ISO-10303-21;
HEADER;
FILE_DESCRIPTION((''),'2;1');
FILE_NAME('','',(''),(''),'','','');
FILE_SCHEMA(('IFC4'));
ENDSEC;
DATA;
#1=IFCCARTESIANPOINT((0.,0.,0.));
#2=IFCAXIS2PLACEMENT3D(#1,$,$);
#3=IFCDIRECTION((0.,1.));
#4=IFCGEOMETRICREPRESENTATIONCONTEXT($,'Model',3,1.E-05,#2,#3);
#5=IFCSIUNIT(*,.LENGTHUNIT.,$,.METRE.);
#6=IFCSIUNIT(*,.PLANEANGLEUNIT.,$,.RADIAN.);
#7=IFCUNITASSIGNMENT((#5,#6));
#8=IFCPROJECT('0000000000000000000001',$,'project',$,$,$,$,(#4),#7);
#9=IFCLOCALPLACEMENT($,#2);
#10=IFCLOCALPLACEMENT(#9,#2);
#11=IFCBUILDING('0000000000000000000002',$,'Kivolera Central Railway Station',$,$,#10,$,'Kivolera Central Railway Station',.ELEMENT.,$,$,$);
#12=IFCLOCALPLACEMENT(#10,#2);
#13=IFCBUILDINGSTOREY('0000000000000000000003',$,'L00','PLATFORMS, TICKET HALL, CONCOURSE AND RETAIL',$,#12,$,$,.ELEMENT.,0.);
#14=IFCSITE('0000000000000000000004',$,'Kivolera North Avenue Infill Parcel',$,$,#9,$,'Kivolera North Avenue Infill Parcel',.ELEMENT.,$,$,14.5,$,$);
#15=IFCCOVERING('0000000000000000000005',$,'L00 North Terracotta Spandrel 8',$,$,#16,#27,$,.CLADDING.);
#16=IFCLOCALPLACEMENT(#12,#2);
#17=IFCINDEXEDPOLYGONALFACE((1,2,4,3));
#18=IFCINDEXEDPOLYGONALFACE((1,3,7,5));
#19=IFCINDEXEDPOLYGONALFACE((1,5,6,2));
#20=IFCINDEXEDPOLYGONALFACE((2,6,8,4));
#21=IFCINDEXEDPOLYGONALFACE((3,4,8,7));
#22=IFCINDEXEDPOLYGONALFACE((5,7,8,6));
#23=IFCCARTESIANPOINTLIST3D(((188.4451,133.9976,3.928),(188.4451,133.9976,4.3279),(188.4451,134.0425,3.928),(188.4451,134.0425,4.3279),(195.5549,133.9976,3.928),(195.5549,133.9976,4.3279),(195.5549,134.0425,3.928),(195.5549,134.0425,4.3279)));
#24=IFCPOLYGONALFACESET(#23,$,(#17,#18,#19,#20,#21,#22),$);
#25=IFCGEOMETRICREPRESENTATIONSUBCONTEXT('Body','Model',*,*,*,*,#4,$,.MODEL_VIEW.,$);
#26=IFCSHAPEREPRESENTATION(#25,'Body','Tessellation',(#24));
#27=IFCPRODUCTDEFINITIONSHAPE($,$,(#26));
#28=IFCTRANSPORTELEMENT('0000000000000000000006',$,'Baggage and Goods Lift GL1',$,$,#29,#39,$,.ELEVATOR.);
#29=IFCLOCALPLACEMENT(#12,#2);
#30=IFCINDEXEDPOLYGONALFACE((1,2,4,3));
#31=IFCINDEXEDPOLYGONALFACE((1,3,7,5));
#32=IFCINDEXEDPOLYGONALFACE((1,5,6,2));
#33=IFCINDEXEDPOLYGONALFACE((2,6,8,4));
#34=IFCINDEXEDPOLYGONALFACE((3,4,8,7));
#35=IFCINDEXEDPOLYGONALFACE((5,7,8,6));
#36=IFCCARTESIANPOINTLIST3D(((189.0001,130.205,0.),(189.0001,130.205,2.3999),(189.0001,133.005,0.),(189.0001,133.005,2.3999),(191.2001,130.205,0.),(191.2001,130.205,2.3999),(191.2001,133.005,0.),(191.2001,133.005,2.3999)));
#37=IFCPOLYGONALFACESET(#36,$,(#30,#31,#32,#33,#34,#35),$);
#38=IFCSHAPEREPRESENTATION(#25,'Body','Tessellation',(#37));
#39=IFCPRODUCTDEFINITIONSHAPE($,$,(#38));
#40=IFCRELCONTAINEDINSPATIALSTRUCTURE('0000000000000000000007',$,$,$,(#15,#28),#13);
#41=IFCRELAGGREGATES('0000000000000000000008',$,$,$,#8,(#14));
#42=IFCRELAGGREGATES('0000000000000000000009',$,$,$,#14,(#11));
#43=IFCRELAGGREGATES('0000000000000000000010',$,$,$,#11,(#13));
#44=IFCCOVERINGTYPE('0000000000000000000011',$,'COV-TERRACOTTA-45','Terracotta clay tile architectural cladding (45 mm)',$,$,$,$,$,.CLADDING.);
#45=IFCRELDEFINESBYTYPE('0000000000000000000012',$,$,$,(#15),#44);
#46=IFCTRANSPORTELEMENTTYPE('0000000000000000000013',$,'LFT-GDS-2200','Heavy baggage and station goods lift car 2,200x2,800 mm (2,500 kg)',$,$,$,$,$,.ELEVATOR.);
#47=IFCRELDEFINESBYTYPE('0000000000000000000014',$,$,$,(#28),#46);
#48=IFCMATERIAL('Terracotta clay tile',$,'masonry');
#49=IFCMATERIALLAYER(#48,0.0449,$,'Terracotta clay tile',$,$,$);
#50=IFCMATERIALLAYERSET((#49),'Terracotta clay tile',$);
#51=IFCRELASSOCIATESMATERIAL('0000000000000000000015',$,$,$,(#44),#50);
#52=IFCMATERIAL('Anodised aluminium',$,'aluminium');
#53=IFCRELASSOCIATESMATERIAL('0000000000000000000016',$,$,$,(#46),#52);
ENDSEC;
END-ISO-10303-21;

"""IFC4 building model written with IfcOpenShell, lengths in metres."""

from ifc_helpers import new_model, si_unit, direction, frame, frame_2d, origin, origin_2d, place, context, subcontext, project, spatial, rectangle, extrude, material, layer, layer_set, type_object, element, save


model = new_model("IFC4")

# Units and contexts
model_context = context("Model", 3, precision=1e-05, world=origin(), true_north=direction((0.0, 1.0)))
body_context = subcontext(model_context, "Body", "Model", "MODEL_VIEW")
ifc_project = project(units=[si_unit("LENGTHUNIT", "METRE"), si_unit("PLANEANGLEUNIT", "RADIAN")], contexts=[model_context])

# Site, building, storey
site_placement = place(None, origin())
site = spatial("IfcSite", under=ifc_project, at=site_placement, Name="Kivolera North Avenue Infill Parcel", LongName="Kivolera North Avenue Infill Parcel", CompositionType="ELEMENT", RefElevation=14.5)
building_placement = place(site_placement, origin())
building = spatial("IfcBuilding", under=site, at=building_placement, Name="Kivolera Central Railway Station", LongName="Kivolera Central Railway Station", CompositionType="ELEMENT")
storey_placement = place(building_placement, origin())
storey = spatial("IfcBuildingStorey", under=building, at=storey_placement, Name="L00", Description="PLATFORMS, TICKET HALL, CONCOURSE AND RETAIL", CompositionType="ELEMENT", Elevation=0.0)

# Shared definitions
ifc_material_1 = material(Name="Anodised aluminium", Category="aluminium")

# Covering
ifc_material_2 = material(Name="Terracotta clay tile", Category="masonry")
ifc_layer_1 = layer(ifc_material_2, 0.0449, Name="Terracotta clay tile")
ifc_layer_set_1 = layer_set([ifc_layer_1], Name="Terracotta clay tile")
covering_type = type_object("IfcCoveringType", Name="COV-TERRACOTTA-45", Description="Terracotta clay tile architectural cladding (45 mm)", PredefinedType="CLADDING", material=ifc_layer_set_1)
covering_placement = place(storey_placement, frame((188.4451, 134.02, 3.928), z_axis=(0.0, 0.0, 1.0), x_axis=(1.0, 0.0, 0.0)))
element("IfcCovering", 1, at=covering_placement, inside=storey, type_object=covering_type, Name="L00 North Terracotta Spandrel 8", PredefinedType="CLADDING", context=body_context, shape_type="SweptSolid", body=[
    extrude(rectangle(XDim=7.1099, YDim=0.0449, at=frame_2d((3.5549, 0.0))), origin(), (0.0, 0.0, 1.0), 0.3999),
])

# Transport element
transport_element_type = type_object("IfcTransportElementType", Name="LFT-GDS-2200", Description="Heavy baggage and station goods lift car 2,200x2,800 mm (2,500 kg)", PredefinedType="ELEVATOR", material=ifc_material_1)
transport_element_placement = place(storey_placement, frame((190.1001, 131.605, 0.0), z_axis=(0.0, 0.0, 1.0), x_axis=(1.0, 0.0, 0.0)))
element("IfcTransportElement", 2, at=transport_element_placement, inside=storey, type_object=transport_element_type, Name="Baggage and Goods Lift GL1", PredefinedType="ELEVATOR", context=body_context, shape_type="SweptSolid", body=[
    extrude(rectangle(XDim=2.2, YDim=2.8, at=origin_2d()), origin(), (0.0, 0.0, 1.0), 2.3999),
])

save(model, "model.ifc")
